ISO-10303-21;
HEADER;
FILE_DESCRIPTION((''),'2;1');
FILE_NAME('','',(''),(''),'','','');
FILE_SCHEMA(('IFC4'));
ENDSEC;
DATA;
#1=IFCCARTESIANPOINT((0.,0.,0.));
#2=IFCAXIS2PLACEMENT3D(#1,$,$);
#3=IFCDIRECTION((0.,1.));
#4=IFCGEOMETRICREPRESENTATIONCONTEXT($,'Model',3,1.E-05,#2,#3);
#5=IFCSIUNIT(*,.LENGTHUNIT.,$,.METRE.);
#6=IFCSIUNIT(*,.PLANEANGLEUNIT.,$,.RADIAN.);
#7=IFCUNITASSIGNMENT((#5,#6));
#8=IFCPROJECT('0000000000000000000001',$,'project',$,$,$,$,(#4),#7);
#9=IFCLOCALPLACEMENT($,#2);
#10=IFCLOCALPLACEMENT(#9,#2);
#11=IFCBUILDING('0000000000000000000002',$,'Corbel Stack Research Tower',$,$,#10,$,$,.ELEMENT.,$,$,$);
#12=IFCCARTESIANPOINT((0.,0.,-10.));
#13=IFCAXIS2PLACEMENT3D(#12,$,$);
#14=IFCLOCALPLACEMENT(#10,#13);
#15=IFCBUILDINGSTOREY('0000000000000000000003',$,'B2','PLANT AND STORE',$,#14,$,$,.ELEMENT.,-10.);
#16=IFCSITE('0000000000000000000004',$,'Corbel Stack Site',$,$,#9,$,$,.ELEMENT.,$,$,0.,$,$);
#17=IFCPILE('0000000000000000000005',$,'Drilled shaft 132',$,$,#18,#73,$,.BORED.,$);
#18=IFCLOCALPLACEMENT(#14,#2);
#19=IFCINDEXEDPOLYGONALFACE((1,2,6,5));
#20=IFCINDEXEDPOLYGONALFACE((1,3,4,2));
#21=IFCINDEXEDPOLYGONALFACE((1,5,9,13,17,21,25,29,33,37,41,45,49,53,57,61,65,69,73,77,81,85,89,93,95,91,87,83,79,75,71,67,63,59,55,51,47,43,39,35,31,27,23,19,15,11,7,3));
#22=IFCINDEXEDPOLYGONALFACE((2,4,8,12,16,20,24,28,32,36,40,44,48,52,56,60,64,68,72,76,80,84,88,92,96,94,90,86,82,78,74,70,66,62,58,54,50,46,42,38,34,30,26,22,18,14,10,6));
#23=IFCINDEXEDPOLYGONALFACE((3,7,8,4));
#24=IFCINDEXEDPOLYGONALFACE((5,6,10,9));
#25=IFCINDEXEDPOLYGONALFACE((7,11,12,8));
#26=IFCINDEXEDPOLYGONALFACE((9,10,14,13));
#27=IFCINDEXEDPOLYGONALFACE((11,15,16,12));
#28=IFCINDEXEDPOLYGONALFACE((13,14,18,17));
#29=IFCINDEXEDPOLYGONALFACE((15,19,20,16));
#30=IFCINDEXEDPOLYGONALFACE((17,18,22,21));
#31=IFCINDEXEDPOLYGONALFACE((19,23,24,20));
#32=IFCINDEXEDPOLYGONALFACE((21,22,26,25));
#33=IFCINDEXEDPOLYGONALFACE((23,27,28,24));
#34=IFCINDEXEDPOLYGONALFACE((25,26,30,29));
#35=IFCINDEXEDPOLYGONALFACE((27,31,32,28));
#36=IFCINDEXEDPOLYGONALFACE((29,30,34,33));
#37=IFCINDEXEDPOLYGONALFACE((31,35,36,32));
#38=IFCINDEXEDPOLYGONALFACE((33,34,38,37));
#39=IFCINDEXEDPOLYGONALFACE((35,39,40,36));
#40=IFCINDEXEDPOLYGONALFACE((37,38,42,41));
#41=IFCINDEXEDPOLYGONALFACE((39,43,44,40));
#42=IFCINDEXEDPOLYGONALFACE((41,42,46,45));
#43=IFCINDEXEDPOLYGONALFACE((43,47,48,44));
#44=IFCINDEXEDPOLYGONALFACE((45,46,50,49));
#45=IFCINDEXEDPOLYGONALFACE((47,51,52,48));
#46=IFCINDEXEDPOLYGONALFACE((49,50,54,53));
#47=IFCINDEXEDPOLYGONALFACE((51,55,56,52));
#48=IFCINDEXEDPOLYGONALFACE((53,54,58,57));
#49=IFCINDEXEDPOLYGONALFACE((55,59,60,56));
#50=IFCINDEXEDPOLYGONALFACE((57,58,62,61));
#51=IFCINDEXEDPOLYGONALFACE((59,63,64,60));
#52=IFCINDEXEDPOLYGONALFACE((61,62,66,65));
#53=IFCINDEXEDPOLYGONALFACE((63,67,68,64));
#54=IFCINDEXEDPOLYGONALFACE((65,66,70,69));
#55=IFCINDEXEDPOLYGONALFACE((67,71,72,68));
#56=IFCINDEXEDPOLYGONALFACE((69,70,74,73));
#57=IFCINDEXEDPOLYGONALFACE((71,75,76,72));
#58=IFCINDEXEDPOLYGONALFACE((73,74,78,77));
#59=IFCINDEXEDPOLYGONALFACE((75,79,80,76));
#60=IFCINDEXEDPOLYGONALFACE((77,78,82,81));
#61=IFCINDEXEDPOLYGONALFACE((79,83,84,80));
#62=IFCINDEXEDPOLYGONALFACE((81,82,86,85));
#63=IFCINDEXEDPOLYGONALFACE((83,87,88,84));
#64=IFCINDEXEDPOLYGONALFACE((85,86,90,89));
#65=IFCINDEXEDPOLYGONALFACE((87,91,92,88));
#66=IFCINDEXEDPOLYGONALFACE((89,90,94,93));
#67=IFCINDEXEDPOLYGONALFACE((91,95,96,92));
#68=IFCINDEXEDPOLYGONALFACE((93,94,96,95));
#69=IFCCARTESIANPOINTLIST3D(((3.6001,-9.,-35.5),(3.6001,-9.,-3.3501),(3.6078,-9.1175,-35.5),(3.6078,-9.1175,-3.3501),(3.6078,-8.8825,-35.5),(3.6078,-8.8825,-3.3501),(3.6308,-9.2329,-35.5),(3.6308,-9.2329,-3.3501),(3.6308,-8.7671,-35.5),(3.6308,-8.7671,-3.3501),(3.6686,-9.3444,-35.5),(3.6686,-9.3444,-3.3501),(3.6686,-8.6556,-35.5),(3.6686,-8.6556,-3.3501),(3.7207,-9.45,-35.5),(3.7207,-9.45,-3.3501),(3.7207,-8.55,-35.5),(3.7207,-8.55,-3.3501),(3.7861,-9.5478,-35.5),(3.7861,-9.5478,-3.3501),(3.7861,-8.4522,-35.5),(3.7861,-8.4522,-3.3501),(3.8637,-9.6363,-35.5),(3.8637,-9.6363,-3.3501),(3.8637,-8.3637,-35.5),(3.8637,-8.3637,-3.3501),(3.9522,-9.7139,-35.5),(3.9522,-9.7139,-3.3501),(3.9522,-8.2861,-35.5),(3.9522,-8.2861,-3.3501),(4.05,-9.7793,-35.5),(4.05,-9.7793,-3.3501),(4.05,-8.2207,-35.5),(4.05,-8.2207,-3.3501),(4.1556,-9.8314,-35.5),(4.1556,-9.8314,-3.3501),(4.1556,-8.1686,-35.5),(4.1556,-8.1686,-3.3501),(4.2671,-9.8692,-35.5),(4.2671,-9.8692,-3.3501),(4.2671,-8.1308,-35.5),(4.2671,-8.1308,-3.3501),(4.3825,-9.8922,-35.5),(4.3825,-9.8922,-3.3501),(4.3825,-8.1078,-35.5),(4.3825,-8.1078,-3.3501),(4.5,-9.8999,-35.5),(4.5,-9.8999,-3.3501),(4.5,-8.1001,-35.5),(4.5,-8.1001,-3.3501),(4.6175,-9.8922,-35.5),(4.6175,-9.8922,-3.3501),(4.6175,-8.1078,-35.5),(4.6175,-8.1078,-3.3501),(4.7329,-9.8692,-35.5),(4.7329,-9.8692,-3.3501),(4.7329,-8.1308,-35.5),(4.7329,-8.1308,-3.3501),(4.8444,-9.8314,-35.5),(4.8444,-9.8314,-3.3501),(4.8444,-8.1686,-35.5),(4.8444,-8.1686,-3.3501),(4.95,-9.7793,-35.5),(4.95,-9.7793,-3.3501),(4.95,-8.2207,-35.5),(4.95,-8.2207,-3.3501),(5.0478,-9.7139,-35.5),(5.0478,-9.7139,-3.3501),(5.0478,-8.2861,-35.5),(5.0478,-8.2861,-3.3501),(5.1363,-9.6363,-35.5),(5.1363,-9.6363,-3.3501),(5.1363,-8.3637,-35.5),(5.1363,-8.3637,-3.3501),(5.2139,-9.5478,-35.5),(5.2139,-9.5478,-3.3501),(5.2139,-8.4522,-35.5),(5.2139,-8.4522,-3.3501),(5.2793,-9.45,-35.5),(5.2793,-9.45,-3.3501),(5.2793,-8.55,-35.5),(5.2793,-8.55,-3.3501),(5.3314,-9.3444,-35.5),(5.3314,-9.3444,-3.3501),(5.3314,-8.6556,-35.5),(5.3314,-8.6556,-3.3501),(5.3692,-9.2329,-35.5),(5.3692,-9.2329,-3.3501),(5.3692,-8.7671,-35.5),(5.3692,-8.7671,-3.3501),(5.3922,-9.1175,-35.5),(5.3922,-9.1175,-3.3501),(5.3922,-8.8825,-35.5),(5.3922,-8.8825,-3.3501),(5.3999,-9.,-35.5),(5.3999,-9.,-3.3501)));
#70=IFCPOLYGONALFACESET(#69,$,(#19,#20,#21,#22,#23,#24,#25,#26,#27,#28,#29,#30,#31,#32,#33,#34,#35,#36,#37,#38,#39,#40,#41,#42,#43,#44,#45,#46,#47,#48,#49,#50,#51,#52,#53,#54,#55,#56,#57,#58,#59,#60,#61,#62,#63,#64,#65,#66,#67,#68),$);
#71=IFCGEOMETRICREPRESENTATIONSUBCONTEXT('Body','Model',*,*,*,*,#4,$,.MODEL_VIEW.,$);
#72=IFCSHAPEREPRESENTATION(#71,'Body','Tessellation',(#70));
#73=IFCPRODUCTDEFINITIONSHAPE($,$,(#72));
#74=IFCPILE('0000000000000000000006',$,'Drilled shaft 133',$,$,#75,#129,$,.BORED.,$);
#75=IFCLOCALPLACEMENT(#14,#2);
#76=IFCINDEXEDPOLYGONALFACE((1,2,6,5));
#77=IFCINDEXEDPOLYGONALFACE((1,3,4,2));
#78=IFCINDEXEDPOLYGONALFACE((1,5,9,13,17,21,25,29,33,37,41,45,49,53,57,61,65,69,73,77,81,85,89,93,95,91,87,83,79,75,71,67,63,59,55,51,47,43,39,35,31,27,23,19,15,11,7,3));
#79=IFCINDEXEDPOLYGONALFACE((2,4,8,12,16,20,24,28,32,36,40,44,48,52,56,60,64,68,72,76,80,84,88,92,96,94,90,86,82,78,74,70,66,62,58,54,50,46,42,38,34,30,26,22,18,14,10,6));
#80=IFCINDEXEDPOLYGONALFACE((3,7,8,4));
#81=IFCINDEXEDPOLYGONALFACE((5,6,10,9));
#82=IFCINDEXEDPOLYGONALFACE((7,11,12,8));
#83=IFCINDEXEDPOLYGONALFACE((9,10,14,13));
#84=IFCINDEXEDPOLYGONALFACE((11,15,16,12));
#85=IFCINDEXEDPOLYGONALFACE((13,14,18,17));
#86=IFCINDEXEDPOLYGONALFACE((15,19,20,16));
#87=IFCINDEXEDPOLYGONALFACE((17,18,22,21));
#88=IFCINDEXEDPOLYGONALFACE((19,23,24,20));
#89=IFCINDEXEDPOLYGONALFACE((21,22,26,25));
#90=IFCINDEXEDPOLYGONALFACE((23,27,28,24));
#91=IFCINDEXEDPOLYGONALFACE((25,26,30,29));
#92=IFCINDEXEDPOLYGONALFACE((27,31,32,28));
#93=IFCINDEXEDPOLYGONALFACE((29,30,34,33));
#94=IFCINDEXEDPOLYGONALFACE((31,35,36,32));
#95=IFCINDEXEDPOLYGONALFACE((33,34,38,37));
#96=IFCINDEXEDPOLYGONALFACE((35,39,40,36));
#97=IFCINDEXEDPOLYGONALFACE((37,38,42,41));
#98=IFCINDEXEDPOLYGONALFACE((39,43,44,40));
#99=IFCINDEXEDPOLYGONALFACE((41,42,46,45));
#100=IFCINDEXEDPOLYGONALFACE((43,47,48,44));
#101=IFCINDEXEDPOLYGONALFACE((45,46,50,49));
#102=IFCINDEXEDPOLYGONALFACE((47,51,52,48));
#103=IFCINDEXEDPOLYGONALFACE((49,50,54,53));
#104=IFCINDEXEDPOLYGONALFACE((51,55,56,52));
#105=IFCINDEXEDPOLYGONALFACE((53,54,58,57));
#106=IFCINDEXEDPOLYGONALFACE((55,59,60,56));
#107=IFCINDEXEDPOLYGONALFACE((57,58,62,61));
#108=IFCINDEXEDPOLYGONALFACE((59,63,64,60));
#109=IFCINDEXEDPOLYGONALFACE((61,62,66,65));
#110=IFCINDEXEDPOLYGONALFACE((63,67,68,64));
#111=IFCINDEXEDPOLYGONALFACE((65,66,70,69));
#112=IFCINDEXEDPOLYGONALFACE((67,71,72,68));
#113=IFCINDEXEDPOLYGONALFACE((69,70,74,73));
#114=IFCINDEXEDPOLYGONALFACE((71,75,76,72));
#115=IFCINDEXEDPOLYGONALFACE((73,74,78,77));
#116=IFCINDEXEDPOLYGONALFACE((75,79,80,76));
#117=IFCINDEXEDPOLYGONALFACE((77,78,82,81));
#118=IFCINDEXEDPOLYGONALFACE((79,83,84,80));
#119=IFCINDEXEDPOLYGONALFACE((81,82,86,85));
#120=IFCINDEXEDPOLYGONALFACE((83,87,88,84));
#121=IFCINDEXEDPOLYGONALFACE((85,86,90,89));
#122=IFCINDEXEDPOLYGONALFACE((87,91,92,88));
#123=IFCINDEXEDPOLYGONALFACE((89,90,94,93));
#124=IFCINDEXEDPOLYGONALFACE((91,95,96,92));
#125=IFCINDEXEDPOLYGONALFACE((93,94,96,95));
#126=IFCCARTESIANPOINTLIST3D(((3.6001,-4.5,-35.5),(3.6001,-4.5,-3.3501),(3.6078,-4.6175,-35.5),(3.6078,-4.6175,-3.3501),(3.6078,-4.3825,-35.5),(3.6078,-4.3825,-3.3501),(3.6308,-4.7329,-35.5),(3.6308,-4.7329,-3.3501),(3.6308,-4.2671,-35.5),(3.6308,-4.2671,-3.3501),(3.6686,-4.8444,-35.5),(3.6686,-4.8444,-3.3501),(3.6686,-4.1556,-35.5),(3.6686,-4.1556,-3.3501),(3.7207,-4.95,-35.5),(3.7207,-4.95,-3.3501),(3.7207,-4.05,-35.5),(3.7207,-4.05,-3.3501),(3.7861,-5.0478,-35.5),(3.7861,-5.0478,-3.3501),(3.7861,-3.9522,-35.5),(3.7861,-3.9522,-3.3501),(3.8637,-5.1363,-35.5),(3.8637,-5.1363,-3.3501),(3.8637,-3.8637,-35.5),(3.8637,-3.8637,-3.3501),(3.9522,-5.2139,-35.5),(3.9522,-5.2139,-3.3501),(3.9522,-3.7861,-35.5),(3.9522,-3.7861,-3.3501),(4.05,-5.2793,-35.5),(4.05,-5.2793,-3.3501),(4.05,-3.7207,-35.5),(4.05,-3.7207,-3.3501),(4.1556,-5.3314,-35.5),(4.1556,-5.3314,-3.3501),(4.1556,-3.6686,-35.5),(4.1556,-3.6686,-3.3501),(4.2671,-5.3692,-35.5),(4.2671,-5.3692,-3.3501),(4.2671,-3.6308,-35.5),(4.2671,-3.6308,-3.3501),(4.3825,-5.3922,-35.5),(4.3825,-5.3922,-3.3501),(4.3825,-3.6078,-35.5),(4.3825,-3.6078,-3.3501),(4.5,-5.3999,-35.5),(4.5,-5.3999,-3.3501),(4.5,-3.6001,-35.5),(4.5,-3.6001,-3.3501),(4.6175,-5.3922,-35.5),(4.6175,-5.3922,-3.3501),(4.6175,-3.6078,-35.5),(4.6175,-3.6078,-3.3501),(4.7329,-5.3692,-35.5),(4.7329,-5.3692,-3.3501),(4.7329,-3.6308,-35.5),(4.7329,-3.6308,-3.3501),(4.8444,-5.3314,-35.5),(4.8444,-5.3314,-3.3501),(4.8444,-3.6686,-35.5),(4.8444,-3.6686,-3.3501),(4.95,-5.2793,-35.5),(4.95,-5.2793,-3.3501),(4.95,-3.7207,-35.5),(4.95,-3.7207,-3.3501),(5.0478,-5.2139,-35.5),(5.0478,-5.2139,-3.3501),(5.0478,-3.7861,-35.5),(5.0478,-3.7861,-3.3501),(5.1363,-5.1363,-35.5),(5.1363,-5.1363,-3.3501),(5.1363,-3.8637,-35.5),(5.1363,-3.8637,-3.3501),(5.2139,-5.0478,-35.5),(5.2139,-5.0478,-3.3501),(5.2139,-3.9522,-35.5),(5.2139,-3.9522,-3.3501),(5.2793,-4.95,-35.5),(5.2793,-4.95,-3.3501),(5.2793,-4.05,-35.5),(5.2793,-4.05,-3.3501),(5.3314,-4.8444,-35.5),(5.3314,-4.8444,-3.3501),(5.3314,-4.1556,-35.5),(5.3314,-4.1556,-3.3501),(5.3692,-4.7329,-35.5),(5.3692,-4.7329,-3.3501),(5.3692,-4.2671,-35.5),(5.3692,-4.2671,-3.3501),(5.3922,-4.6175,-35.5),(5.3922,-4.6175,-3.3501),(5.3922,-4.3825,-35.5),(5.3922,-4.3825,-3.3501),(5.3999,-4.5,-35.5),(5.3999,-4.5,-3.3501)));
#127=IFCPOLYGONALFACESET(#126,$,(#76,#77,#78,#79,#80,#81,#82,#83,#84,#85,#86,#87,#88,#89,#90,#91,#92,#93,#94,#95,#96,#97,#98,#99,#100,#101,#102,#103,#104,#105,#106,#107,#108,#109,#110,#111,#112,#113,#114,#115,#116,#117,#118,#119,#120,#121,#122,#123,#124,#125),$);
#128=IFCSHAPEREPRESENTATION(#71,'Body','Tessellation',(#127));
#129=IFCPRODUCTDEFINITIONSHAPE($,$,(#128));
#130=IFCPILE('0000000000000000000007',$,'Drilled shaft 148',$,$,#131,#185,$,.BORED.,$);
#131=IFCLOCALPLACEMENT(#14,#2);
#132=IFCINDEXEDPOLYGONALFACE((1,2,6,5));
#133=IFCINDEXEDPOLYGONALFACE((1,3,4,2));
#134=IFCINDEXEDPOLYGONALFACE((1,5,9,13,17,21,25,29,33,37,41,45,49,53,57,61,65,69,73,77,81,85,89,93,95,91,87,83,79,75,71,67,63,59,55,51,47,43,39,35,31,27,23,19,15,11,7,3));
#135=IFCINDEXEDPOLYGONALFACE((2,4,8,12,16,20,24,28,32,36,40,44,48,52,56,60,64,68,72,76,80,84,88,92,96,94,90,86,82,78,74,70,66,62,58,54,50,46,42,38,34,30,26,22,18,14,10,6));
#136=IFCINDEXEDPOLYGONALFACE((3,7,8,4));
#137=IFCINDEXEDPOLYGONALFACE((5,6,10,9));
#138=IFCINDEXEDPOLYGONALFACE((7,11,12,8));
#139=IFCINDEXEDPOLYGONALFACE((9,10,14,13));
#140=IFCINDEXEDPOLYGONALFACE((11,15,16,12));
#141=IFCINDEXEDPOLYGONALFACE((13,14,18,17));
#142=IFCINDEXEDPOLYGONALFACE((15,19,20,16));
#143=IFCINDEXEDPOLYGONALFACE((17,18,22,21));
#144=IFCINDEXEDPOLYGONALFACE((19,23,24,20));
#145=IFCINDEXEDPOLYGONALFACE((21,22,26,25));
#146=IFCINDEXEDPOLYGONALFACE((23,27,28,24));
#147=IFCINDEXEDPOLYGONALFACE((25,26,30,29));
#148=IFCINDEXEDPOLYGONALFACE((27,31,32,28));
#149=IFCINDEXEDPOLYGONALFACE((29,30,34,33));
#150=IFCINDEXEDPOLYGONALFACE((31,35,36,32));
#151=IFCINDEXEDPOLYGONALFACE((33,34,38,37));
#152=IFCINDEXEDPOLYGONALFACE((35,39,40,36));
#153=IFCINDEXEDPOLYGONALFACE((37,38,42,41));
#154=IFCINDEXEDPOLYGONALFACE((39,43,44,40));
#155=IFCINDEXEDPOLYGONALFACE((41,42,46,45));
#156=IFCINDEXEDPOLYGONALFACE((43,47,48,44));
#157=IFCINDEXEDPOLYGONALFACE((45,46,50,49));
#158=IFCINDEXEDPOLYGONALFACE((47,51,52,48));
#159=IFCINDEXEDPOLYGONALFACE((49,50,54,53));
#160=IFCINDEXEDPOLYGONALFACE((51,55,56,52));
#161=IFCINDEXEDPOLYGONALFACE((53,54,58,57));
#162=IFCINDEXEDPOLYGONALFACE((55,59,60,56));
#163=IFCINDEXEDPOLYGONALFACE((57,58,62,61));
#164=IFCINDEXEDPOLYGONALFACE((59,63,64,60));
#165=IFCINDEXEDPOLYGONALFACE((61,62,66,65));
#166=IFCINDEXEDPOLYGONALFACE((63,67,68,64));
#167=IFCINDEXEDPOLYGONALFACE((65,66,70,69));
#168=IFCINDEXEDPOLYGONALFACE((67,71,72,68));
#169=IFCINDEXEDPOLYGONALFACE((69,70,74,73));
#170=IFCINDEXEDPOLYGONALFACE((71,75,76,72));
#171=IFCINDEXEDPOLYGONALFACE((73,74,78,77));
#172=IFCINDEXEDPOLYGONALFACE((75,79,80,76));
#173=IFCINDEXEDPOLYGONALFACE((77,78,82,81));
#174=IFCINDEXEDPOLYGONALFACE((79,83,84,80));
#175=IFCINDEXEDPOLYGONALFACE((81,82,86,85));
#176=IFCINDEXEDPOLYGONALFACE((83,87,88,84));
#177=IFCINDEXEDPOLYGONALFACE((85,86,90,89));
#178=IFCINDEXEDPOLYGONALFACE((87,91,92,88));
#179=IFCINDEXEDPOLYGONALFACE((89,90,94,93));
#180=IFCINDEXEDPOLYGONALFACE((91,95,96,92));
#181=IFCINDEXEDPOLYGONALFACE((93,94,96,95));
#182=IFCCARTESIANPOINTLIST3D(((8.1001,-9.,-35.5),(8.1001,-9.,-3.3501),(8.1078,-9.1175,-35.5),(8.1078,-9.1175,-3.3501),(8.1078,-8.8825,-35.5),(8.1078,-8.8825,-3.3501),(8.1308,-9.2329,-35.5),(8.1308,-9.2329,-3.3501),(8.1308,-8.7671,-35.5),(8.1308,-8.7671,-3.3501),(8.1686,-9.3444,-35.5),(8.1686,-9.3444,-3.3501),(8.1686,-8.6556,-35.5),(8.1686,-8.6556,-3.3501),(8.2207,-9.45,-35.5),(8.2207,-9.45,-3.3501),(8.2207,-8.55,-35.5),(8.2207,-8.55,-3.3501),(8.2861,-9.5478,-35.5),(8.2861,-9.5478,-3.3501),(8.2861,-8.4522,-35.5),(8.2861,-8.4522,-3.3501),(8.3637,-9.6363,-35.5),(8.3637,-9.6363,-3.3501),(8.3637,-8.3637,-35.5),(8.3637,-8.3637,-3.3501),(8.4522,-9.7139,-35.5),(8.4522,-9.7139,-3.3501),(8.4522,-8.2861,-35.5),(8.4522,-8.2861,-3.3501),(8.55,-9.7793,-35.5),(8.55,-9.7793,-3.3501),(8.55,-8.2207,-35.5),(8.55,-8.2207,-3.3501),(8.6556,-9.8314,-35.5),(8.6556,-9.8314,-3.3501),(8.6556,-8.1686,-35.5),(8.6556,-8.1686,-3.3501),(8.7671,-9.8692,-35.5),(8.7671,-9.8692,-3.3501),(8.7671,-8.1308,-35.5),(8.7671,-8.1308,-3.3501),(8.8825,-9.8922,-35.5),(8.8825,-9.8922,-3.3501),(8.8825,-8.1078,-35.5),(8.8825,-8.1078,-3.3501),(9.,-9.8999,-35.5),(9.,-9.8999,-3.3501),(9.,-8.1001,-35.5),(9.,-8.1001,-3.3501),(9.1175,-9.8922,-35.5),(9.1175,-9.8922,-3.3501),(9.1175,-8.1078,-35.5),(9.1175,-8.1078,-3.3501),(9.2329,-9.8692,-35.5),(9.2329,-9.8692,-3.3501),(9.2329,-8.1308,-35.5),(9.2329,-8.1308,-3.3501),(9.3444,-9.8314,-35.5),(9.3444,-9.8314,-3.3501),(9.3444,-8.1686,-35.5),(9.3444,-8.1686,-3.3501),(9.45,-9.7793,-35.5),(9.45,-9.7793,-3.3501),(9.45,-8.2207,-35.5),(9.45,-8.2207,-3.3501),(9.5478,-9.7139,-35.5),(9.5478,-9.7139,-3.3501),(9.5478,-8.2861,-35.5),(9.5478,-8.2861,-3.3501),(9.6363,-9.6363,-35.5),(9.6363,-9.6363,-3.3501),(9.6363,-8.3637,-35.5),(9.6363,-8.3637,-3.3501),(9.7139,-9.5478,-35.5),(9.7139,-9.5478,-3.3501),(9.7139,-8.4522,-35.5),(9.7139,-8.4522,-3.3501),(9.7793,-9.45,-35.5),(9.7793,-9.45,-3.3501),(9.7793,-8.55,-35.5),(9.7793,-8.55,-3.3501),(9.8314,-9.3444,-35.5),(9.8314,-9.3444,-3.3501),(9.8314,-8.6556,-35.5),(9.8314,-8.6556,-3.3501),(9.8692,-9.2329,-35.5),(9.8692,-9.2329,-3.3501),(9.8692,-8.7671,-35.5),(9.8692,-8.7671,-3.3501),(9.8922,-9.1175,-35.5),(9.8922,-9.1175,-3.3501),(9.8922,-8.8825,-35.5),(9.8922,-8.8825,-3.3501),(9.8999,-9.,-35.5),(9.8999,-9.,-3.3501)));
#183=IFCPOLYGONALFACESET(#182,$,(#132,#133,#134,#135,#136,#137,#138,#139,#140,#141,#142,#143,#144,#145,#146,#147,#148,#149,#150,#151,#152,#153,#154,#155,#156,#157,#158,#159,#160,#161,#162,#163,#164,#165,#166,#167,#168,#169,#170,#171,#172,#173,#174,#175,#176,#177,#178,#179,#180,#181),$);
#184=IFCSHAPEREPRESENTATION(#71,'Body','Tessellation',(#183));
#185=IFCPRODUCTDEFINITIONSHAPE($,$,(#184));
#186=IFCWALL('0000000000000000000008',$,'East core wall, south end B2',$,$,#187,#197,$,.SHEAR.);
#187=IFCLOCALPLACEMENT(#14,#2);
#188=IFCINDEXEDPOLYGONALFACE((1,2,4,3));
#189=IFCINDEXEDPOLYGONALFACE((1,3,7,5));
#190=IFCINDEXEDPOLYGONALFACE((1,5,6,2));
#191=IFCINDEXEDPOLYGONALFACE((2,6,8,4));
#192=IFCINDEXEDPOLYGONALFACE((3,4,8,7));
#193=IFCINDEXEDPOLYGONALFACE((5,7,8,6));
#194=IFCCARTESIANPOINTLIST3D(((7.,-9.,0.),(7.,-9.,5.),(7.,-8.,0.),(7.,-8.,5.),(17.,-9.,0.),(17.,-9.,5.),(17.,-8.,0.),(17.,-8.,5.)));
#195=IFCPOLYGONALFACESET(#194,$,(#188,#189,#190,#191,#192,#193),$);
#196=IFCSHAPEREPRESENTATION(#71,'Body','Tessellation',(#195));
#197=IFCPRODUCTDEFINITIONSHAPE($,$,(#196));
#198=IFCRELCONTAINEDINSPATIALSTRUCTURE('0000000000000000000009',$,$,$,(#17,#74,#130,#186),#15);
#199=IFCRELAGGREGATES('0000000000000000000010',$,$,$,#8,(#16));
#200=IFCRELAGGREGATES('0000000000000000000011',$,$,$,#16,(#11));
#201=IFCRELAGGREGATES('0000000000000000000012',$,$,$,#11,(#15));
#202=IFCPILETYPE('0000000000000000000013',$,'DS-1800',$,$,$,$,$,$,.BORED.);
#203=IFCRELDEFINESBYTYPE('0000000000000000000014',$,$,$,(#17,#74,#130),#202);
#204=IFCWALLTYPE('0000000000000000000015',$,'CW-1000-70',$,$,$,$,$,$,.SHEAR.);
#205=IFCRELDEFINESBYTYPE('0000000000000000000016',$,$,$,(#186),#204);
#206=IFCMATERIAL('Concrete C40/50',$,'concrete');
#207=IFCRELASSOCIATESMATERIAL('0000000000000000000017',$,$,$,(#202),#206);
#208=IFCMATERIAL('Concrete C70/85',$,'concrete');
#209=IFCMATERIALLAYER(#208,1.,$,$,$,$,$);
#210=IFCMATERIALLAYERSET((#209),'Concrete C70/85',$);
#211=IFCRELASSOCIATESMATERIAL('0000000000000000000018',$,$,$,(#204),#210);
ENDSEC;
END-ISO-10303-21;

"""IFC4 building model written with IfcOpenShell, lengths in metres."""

from ifc_helpers import new_model, si_unit, direction, frame, frame_2d, origin, origin_2d, place, context, subcontext, project, spatial, rectangle, circle, extrude, material, layer, layer_set, material_profile, profile_set, type_object, element, save


model = new_model("IFC4")

# Units and contexts
model_context = context("Model", 3, precision=1e-05, world=origin(), true_north=direction((0.0, 1.0)))
body_context = subcontext(model_context, "Body", "Model", "MODEL_VIEW")
ifc_project = project(units=[si_unit("LENGTHUNIT", "METRE"), si_unit("PLANEANGLEUNIT", "RADIAN")], contexts=[model_context])

# Site, building, storey
site_placement = place(None, origin())
site = spatial("IfcSite", under=ifc_project, at=site_placement, Name="Corbel Stack Site", CompositionType="ELEMENT", RefElevation=0.0)
building_placement = place(site_placement, origin())
building = spatial("IfcBuilding", under=site, at=building_placement, Name="Corbel Stack Research Tower", CompositionType="ELEMENT")
storey_placement = place(building_placement, frame((0.0, 0.0, -10.0)))
storey = spatial("IfcBuildingStorey", under=building, at=storey_placement, Name="B2", Description="PLANT AND STORE", CompositionType="ELEMENT", Elevation=-10.0)

# Piles
ifc_material_1 = material(Name="Concrete C40/50", Category="concrete")
ifc_material_profile = material_profile(ifc_material_1, circle(Radius=0.8999, at=origin_2d()), Name="Shaft 1800")
ifc_profile_set = profile_set([ifc_material_profile], Name="Concrete C40/50")
pile_type = type_object("IfcPileType", Name="DS-1800", PredefinedType="BORED", material=ifc_profile_set)
for number, where, z_axis, x_axis, name in (
    (1, (4.5, -9.0, -3.3501), (0.0, 0.0, -1.0), (1.0, 0.0, 0.0), "Drilled shaft 132"),
    (2, (4.5, -4.5, -3.3501), (0.0, 0.0, -1.0), (1.0, 0.0, 0.0), "Drilled shaft 133"),
    (3, (9.0, -9.0, -3.3501), (0.0, 0.0, -1.0), (1.0, 0.0, 0.0), "Drilled shaft 148"),
):
    element("IfcPile", number, at=place(storey_placement, frame(where, z_axis=z_axis, x_axis=x_axis)), inside=storey, type_object=pile_type, Name=name, PredefinedType="BORED", context=body_context, shape_type="SweptSolid", body=[
        extrude(circle(Radius=0.8999, at=origin_2d()), origin(), (0.0, 0.0, 1.0), 32.1499),
    ])

# Shared definitions
ifc_material_2 = material(Name="Concrete C70/85", Category="concrete")
ifc_layer_1 = layer(ifc_material_2, 1.0)
ifc_layer_set_1 = layer_set([ifc_layer_1], Name="Concrete C70/85")
wall_type_1 = type_object("IfcWallType", Name="CW-1000-70", PredefinedType="SHEAR", material=ifc_layer_set_1)

# Wall
wall_1_placement = place(storey_placement, frame((7.0, -8.5, 0.0), z_axis=(0.0, 0.0, 1.0), x_axis=(1.0, 0.0, 0.0)))
element("IfcWall", 4, at=wall_1_placement, inside=storey, type_object=wall_type_1, Name="East core wall, south end B2", PredefinedType="SHEAR", context=body_context, shape_type="SweptSolid", body=[
    extrude(rectangle(XDim=10.0, YDim=1.0, at=frame_2d((5.0, 0.0))), origin(), (0.0, 0.0, 1.0), 5.0),
])

save(model, "model.ifc")
